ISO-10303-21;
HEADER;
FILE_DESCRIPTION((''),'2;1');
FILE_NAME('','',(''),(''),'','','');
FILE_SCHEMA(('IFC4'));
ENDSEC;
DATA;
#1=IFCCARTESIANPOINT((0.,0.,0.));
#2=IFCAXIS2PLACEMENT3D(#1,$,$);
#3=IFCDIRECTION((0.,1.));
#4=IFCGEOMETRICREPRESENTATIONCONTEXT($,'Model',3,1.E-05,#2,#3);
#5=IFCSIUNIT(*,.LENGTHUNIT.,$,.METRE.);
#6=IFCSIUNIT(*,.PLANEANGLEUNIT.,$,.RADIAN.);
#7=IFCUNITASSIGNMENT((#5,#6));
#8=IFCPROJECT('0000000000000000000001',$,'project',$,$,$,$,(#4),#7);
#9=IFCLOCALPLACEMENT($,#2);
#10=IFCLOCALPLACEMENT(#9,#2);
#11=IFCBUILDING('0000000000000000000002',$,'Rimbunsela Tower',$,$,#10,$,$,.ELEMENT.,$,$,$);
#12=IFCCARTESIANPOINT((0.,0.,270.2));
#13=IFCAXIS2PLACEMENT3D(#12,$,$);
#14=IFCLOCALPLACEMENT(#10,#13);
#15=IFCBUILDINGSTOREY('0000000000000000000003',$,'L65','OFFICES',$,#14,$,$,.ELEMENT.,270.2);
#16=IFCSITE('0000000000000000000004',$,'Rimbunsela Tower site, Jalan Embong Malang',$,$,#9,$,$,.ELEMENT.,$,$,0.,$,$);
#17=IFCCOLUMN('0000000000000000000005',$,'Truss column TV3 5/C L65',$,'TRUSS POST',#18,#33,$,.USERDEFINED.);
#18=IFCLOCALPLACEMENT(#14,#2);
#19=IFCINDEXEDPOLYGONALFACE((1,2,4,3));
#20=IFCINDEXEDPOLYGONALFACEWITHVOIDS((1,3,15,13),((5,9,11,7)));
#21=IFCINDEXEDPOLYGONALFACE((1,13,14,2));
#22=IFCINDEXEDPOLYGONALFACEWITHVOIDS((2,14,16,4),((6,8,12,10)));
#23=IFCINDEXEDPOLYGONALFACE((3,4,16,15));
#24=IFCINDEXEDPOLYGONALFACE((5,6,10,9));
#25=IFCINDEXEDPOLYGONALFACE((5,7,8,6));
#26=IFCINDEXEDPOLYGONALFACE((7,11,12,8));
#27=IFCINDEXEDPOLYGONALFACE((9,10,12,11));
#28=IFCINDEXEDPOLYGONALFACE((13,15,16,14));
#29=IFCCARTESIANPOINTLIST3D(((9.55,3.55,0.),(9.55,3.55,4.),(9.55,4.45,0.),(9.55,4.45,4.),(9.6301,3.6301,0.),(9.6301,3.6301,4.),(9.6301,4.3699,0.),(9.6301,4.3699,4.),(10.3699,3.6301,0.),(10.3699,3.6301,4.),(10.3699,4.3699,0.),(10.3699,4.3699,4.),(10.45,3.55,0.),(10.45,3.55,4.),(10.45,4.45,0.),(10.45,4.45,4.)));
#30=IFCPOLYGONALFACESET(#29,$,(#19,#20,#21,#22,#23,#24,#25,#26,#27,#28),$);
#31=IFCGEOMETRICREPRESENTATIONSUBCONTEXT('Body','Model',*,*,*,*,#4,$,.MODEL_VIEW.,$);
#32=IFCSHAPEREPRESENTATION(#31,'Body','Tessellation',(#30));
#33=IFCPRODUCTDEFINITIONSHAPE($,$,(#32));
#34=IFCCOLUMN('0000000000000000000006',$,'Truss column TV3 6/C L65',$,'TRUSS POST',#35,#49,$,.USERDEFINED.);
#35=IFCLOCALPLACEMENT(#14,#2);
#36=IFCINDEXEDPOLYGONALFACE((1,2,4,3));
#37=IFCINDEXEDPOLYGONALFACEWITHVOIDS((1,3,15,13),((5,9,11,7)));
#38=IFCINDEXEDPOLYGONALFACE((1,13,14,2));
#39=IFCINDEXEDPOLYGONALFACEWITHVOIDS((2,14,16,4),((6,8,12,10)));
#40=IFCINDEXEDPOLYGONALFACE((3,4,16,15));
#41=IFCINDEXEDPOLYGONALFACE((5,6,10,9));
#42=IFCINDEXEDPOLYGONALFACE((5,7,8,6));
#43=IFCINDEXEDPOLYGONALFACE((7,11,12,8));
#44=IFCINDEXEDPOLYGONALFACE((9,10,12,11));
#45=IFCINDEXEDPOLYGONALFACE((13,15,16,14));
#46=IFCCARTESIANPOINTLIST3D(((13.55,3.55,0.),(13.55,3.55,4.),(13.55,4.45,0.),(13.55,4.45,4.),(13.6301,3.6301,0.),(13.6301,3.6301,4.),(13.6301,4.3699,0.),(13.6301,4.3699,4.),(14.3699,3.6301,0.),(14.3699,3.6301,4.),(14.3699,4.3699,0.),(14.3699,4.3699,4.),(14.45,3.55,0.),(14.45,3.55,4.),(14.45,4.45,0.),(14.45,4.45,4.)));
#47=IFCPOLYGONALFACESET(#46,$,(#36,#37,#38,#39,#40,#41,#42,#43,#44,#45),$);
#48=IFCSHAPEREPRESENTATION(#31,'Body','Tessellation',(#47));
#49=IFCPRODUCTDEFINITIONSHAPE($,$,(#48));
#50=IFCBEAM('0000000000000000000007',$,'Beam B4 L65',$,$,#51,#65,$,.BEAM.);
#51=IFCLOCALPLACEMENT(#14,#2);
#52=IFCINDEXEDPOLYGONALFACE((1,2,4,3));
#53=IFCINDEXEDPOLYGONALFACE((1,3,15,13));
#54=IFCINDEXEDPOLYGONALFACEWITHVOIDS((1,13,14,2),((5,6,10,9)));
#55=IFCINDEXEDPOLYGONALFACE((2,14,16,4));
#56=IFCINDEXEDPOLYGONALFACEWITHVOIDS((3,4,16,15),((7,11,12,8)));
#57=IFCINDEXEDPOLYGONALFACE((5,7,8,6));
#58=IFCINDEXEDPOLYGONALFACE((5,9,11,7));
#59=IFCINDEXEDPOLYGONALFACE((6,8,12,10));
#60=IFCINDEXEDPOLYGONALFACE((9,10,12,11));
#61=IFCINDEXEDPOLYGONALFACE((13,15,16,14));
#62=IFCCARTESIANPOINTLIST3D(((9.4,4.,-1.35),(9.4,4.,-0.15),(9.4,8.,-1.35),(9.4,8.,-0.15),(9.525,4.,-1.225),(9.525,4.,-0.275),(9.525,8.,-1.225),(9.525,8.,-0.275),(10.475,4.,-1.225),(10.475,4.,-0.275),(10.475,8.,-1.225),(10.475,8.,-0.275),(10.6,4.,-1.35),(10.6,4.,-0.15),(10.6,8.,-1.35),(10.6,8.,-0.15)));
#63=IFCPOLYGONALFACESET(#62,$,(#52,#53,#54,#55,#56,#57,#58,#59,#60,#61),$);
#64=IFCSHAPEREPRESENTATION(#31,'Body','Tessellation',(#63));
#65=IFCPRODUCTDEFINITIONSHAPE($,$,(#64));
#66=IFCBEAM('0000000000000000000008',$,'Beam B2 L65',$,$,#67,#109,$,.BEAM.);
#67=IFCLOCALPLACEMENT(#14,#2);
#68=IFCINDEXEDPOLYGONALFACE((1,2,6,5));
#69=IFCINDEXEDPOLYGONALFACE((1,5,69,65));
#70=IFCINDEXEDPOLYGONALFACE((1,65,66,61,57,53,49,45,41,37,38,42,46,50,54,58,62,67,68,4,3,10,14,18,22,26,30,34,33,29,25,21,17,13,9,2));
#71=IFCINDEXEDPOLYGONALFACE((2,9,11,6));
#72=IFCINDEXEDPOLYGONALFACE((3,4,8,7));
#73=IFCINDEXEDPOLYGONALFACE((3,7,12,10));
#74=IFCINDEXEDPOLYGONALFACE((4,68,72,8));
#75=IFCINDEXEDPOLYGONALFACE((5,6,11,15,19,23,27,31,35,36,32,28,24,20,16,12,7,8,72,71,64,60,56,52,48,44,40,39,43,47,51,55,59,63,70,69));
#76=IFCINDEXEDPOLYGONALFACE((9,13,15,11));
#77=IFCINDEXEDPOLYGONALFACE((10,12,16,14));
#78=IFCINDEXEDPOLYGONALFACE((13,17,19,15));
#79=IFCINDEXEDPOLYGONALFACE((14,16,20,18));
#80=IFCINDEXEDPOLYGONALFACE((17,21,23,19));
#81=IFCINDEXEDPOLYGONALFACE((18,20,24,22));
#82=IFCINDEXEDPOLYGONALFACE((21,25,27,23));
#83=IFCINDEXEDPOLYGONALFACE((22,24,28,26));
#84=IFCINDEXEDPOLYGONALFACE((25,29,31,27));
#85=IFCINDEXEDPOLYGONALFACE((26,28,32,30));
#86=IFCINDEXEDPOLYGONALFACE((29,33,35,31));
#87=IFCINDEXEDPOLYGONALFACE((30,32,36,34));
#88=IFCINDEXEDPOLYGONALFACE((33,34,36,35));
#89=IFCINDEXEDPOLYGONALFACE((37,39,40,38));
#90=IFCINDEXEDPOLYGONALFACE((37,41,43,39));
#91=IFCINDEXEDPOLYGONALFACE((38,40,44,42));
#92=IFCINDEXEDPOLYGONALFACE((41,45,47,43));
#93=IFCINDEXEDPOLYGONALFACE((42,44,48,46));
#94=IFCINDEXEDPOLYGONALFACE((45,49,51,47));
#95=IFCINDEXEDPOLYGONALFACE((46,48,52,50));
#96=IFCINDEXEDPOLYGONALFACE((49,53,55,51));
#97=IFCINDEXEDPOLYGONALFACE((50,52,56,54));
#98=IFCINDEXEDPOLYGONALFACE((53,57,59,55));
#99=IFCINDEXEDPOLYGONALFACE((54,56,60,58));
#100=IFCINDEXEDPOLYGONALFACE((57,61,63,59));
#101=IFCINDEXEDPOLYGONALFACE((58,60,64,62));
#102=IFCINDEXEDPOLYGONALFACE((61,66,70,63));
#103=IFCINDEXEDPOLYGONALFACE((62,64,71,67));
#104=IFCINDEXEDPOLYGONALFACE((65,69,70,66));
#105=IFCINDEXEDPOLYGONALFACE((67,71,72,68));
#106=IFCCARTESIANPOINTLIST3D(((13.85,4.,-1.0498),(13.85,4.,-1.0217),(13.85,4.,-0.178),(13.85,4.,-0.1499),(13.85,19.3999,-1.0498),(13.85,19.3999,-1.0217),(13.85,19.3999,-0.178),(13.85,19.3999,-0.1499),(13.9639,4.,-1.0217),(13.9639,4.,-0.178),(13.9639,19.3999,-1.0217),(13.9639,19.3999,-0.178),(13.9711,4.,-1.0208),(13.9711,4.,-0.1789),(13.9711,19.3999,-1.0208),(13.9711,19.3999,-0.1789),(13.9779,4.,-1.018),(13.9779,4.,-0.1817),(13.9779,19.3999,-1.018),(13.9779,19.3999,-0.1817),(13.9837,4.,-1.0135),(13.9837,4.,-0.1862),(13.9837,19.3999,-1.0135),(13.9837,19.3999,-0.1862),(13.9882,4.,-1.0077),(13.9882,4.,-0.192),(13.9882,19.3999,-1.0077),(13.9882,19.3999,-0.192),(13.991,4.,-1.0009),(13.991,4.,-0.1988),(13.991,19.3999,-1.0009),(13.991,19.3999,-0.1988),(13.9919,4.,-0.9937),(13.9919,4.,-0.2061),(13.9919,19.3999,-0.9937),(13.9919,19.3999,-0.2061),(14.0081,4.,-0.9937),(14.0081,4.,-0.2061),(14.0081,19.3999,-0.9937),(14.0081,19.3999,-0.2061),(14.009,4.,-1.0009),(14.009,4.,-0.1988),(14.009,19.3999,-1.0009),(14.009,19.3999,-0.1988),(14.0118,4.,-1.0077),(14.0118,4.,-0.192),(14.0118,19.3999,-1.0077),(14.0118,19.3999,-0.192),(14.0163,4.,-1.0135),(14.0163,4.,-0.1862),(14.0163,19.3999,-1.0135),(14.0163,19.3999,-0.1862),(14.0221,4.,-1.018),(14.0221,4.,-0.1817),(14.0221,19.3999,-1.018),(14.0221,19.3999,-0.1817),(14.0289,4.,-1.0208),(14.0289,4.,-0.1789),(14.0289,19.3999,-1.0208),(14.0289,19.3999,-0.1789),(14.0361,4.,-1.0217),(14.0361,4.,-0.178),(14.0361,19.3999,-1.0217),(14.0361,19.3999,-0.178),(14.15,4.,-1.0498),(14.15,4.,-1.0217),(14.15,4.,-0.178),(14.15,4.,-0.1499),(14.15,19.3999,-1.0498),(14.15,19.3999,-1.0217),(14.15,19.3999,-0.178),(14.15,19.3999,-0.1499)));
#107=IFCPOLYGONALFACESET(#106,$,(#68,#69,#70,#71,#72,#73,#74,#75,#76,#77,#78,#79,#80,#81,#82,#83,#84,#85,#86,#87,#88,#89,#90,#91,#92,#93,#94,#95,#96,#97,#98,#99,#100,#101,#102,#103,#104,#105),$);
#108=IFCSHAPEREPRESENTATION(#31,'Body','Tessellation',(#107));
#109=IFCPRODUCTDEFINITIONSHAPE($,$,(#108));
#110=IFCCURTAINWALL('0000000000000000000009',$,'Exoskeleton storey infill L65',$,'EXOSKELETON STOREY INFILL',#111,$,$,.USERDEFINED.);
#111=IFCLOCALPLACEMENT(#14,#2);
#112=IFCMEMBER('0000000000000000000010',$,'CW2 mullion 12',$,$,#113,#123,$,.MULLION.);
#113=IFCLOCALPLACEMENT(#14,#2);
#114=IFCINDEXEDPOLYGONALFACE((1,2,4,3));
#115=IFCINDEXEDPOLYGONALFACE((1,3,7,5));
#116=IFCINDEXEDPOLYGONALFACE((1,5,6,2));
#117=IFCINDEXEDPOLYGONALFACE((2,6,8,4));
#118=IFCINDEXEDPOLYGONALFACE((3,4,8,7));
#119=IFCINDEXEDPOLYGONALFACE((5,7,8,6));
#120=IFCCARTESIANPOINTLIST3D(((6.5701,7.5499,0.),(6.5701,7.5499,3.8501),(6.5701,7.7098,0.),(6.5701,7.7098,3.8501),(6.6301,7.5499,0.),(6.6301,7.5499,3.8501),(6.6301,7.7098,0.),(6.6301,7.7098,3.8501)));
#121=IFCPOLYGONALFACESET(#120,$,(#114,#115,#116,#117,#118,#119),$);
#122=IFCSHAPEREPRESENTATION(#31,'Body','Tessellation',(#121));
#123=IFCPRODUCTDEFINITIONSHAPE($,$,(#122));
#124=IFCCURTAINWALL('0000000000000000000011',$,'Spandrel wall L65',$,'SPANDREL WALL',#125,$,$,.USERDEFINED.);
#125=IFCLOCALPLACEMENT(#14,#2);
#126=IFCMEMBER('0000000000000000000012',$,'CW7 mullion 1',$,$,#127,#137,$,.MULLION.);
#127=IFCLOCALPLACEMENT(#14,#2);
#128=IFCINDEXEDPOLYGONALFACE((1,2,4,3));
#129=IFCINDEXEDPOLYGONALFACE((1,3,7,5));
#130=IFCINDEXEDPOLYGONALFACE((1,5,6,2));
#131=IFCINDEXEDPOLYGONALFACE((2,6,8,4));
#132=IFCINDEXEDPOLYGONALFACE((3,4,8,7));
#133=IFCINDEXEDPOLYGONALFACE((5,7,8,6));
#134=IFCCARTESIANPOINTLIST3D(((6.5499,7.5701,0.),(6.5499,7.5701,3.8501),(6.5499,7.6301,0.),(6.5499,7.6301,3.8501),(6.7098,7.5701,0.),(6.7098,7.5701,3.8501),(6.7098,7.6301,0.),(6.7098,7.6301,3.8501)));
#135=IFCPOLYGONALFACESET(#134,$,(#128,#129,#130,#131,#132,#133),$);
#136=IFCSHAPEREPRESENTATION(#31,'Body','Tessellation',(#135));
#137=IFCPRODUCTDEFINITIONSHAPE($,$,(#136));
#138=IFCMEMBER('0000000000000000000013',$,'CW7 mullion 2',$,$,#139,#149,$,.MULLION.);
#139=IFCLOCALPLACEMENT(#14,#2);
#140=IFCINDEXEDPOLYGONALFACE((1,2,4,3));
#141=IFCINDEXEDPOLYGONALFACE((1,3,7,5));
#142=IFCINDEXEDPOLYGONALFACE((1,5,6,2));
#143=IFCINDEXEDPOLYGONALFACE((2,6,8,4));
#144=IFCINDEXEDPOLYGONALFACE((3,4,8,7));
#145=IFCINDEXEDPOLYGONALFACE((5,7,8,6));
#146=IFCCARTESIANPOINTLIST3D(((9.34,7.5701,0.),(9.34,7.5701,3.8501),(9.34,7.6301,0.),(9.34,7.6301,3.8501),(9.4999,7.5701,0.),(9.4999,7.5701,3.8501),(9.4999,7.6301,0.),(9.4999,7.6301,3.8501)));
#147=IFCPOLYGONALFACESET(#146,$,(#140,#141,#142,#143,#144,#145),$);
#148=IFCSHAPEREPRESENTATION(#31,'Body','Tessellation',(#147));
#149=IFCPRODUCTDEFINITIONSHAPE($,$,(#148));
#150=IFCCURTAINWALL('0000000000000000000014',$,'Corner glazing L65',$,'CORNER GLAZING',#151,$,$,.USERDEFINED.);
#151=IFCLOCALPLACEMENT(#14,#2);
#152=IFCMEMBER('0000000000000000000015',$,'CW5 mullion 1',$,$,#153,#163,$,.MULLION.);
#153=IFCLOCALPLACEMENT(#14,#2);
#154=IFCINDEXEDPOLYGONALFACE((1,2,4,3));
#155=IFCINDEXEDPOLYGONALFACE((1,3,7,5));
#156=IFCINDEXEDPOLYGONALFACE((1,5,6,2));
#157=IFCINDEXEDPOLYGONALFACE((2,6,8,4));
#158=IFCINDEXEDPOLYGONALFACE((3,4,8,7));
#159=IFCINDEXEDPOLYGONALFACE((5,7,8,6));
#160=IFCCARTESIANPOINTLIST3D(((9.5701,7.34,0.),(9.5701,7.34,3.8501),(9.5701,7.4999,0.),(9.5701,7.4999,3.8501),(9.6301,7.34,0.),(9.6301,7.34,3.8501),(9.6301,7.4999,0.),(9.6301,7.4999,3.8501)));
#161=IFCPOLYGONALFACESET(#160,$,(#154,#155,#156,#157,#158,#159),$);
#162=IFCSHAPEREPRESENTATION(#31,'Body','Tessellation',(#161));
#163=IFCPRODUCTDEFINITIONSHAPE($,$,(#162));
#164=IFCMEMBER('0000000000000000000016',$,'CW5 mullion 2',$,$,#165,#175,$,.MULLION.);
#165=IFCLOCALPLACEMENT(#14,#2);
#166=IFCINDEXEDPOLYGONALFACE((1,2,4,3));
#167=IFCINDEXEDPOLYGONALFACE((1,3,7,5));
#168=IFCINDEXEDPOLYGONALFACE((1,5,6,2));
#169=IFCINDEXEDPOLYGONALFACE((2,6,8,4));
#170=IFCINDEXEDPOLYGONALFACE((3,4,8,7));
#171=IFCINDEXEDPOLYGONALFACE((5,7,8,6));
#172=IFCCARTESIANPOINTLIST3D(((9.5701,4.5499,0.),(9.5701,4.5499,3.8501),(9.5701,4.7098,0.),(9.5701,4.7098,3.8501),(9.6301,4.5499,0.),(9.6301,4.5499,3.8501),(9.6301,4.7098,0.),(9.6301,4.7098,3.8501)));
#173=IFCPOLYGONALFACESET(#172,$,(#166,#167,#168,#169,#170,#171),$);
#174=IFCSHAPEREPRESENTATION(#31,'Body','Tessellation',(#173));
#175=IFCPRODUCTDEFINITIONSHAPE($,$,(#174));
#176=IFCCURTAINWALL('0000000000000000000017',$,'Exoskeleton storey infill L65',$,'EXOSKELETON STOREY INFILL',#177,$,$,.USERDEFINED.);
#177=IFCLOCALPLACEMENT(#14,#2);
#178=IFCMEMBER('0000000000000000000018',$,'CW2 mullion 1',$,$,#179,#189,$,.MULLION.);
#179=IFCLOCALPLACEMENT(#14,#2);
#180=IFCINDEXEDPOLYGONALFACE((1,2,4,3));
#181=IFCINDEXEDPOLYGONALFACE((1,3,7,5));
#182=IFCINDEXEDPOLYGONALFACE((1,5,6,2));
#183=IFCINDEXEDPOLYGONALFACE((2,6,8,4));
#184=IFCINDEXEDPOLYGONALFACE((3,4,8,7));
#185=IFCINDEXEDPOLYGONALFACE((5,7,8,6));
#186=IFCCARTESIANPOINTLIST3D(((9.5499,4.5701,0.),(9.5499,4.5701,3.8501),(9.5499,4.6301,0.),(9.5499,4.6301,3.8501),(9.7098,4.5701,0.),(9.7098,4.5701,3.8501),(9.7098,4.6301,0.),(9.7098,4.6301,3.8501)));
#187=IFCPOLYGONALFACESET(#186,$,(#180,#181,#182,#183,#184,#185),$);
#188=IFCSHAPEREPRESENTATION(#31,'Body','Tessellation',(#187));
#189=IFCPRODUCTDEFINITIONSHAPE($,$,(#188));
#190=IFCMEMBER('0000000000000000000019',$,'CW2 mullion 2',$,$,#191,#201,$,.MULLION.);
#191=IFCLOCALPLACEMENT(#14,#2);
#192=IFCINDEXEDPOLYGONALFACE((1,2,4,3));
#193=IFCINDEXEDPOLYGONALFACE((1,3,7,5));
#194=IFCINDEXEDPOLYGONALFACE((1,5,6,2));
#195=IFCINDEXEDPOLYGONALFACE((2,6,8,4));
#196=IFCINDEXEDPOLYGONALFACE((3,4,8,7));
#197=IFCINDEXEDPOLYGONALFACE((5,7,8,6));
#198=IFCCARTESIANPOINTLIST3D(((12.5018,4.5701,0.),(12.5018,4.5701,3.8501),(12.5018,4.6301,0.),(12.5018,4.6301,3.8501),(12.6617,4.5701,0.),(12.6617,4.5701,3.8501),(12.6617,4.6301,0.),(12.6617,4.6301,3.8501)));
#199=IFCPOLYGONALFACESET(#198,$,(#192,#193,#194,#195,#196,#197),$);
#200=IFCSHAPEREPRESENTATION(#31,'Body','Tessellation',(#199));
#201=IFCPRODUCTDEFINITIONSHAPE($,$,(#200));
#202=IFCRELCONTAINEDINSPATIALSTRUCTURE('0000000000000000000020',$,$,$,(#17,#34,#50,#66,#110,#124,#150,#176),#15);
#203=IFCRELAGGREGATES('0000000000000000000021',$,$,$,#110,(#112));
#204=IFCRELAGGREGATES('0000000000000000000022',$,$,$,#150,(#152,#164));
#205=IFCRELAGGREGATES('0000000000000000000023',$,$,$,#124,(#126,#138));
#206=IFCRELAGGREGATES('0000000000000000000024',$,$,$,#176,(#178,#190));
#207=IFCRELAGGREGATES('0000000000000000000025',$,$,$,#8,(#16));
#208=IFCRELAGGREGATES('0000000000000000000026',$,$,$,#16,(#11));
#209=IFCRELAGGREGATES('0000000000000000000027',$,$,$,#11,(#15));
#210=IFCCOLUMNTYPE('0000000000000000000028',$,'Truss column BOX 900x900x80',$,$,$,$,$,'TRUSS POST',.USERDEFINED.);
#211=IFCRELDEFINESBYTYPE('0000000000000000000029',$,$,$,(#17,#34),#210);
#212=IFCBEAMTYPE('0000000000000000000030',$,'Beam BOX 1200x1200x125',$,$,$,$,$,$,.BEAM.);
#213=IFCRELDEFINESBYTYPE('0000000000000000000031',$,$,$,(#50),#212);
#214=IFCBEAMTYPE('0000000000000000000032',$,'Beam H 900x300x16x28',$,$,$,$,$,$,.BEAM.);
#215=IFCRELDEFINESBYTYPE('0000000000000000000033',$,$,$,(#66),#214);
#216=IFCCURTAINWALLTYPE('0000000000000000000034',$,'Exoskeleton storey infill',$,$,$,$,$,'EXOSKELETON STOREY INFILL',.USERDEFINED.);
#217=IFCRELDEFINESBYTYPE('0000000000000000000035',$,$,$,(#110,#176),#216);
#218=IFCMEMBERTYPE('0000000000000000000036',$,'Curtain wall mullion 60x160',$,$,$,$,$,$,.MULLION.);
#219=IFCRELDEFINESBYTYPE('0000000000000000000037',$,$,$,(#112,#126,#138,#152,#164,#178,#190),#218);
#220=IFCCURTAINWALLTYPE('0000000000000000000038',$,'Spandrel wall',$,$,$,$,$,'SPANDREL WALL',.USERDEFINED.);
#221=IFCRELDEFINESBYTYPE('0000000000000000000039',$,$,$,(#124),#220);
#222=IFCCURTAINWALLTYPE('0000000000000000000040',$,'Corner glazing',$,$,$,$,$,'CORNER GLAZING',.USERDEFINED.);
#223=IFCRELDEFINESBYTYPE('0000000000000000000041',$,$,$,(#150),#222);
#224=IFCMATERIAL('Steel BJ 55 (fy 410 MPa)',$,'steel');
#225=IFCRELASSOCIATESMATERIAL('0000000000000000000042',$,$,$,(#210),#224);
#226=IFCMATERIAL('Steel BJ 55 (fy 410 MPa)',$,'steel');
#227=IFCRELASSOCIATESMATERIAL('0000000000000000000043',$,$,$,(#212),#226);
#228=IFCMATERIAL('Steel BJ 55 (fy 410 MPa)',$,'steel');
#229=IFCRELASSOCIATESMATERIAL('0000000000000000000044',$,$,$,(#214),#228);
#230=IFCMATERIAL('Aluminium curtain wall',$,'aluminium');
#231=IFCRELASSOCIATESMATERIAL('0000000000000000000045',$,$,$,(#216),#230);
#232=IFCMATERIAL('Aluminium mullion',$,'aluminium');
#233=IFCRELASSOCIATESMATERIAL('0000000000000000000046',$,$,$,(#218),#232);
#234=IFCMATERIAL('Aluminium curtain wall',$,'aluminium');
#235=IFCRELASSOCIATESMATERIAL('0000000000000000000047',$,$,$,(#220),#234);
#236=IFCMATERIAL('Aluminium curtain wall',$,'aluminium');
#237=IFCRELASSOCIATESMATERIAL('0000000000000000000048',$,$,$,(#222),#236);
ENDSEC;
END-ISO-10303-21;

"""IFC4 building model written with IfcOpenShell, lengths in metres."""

from ifc_helpers import new_model, si_unit, direction, frame, origin, origin_2d, place, context, subcontext, project, spatial, rectangle, hollow_rectangle, i_section, extrude, material, material_profile, profile_set, type_object, element, aggregate, save


model = new_model("IFC4")

# Units and contexts
model_context = context("Model", 3, precision=1e-05, world=origin(), true_north=direction((0.0, 1.0)))
body_context = subcontext(model_context, "Body", "Model", "MODEL_VIEW")
ifc_project = project(units=[si_unit("LENGTHUNIT", "METRE"), si_unit("PLANEANGLEUNIT", "RADIAN")], contexts=[model_context])

# Site, building, storey
site_placement = place(None, origin())
site = spatial("IfcSite", under=ifc_project, at=site_placement, Name="Rimbunsela Tower site, Jalan Embong Malang", CompositionType="ELEMENT", RefElevation=0.0)
building_placement = place(site_placement, origin())
building = spatial("IfcBuilding", under=site, at=building_placement, Name="Rimbunsela Tower", CompositionType="ELEMENT")
storey_placement = place(building_placement, frame((0.0, 0.0, 270.2)))
storey = spatial("IfcBuildingStorey", under=building, at=storey_placement, Name="L65", Description="OFFICES", CompositionType="ELEMENT", Elevation=270.2)

# Columns
ifc_material_1 = material(Name="Steel BJ 55 (fy 410 MPa)", Category="steel")
ifc_material_profile_1 = material_profile(ifc_material_1, hollow_rectangle(XDim=0.8999, YDim=0.8999, WallThickness=0.0801, at=origin_2d()), Name="BOX 900x900x80")
ifc_profile_set_1 = profile_set([ifc_material_profile_1], Name="Steel BJ 55 (fy 410 MPa)")
column_type = type_object("IfcColumnType", Name="Truss column BOX 900x900x80", ElementType="TRUSS POST", PredefinedType="USERDEFINED", material=ifc_profile_set_1)
for number, where, z_axis, x_axis, name in (
    (1, (10.0, 4.0, 0.0), (0.0, 0.0, 1.0), (1.0, 0.0, 0.0), "Truss column TV3 5/C L65"),
    (2, (14.0, 4.0, 0.0), (0.0, 0.0, 1.0), (1.0, 0.0, 0.0), "Truss column TV3 6/C L65"),
):
    element("IfcColumn", number, at=place(storey_placement, frame(where, z_axis=z_axis, x_axis=x_axis)), inside=storey, type_object=column_type, Name=name, ObjectType="TRUSS POST", PredefinedType="USERDEFINED", context=body_context, shape_type="SweptSolid", body=[
        extrude(hollow_rectangle(XDim=0.8999, YDim=0.8999, WallThickness=0.0801, at=origin_2d()), origin(), (0.0, 0.0, 1.0), 4.0),
    ])

# Beams
ifc_material_2 = material(Name="Steel BJ 55 (fy 410 MPa)", Category="steel")
ifc_material_profile_2 = material_profile(ifc_material_2, hollow_rectangle(XDim=1.2, YDim=1.2, WallThickness=0.125, at=origin_2d()), Name="BOX 1200x1200x125")
ifc_profile_set_2 = profile_set([ifc_material_profile_2], Name="Steel BJ 55 (fy 410 MPa)")
beam_type_1 = type_object("IfcBeamType", Name="Beam BOX 1200x1200x125", PredefinedType="BEAM", material=ifc_profile_set_2)
beam_1_placement = place(storey_placement, frame((10.0, 4.0, -0.75), z_axis=(0.0, 1.0, 0.0), x_axis=(-1.0, 0.0, 0.0)))
element("IfcBeam", 3, at=beam_1_placement, inside=storey, type_object=beam_type_1, Name="Beam B4 L65", PredefinedType="BEAM", context=body_context, shape_type="SweptSolid", body=[
    extrude(hollow_rectangle(XDim=1.2, YDim=1.2, WallThickness=0.125, at=origin_2d()), origin(), (0.0, 0.0, 1.0), 4.0),
])
ifc_material_3 = material(Name="Steel BJ 55 (fy 410 MPa)", Category="steel")
ifc_material_profile_3 = material_profile(ifc_material_3, i_section(OverallWidth=0.3, OverallDepth=0.8999, WebThickness=0.0161, FlangeThickness=0.0281, FilletRadius=0.0281, at=origin_2d()), Name="H 900x300x16x28")
ifc_profile_set_3 = profile_set([ifc_material_profile_3], Name="Steel BJ 55 (fy 410 MPa)")
beam_type_2 = type_object("IfcBeamType", Name="Beam H 900x300x16x28", PredefinedType="BEAM", material=ifc_profile_set_3)
beam_2_placement = place(storey_placement, frame((14.0, 4.0, -0.5999), z_axis=(0.0, 1.0, 0.0), x_axis=(-1.0, 0.0, 0.0)))
element("IfcBeam", 4, at=beam_2_placement, inside=storey, type_object=beam_type_2, Name="Beam B2 L65", PredefinedType="BEAM", context=body_context, shape_type="SweptSolid", body=[
    extrude(i_section(OverallWidth=0.3, OverallDepth=0.8999, WebThickness=0.0161, FlangeThickness=0.0281, FilletRadius=0.0281, at=origin_2d()), origin(), (0.0, 0.0, 1.0), 15.3999),
])

# Curtain wall, member
ifc_material_4 = material(Name="Aluminium curtain wall", Category="aluminium")
curtain_wall_type_1 = type_object("IfcCurtainWallType", Name="Exoskeleton storey infill", ElementType="EXOSKELETON STOREY INFILL", PredefinedType="USERDEFINED", material=ifc_material_4)
curtain_wall_1_placement = place(storey_placement, origin())
curtain_wall_1 = element("IfcCurtainWall", 5, at=curtain_wall_1_placement, inside=storey, type_object=curtain_wall_type_1, Name="Exoskeleton storey infill L65", ObjectType="EXOSKELETON STOREY INFILL", PredefinedType="USERDEFINED")
ifc_material_5 = material(Name="Aluminium mullion", Category="aluminium")
ifc_material_profile_4 = material_profile(ifc_material_5, rectangle(XDim=0.0601, YDim=0.1599, at=origin_2d()), Name="Mullion 60x160")
ifc_profile_set_4 = profile_set([ifc_material_profile_4], Name="Aluminium mullion")
member_type_1 = type_object("IfcMemberType", Name="Curtain wall mullion 60x160", PredefinedType="MULLION", material=ifc_profile_set_4)
member_1_placement = place(storey_placement, frame((6.6001, 7.6299, 0.0), z_axis=(0.0, 0.0, 1.0), x_axis=(1.0, 0.0, 0.0)))
member_1 = element("IfcMember", 6, at=member_1_placement, type_object=member_type_1, Name="CW2 mullion 12", PredefinedType="MULLION", context=body_context, shape_type="SweptSolid", body=[
    extrude(rectangle(XDim=0.0601, YDim=0.1599, at=origin_2d()), origin(), (0.0, 0.0, 1.0), 3.8501),
])
aggregate(curtain_wall_1, [member_1])

# Curtain walls, members
ifc_material_6 = material(Name="Aluminium curtain wall", Category="aluminium")
curtain_wall_type_2 = type_object("IfcCurtainWallType", Name="Spandrel wall", ElementType="SPANDREL WALL", PredefinedType="USERDEFINED", material=ifc_material_6)
curtain_wall_2_placement = place(storey_placement, origin())
curtain_wall_2 = element("IfcCurtainWall", 7, at=curtain_wall_2_placement, inside=storey, type_object=curtain_wall_type_2, Name="Spandrel wall L65", ObjectType="SPANDREL WALL", PredefinedType="USERDEFINED")
member_2_placement = place(storey_placement, frame((6.6299, 7.6001, 0.0), z_axis=(0.0, 0.0, 1.0), x_axis=(0.0, 1.0, 0.0)))
member_2 = element("IfcMember", 8, at=member_2_placement, type_object=member_type_1, Name="CW7 mullion 1", PredefinedType="MULLION", context=body_context, shape_type="SweptSolid", body=[
    extrude(rectangle(XDim=0.0601, YDim=0.1599, at=origin_2d()), origin(), (0.0, 0.0, 1.0), 3.8501),
])
member_3_placement = place(storey_placement, frame((9.4199, 7.6001, 0.0), z_axis=(0.0, 0.0, 1.0), x_axis=(0.0, 1.0, 0.0)))
member_3 = element("IfcMember", 9, at=member_3_placement, type_object=member_type_1, Name="CW7 mullion 2", PredefinedType="MULLION", context=body_context, shape_type="SweptSolid", body=[
    extrude(rectangle(XDim=0.0601, YDim=0.1599, at=origin_2d()), origin(), (0.0, 0.0, 1.0), 3.8501),
])
ifc_material_7 = material(Name="Aluminium curtain wall", Category="aluminium")
curtain_wall_type_3 = type_object("IfcCurtainWallType", Name="Corner glazing", ElementType="CORNER GLAZING", PredefinedType="USERDEFINED", material=ifc_material_7)
curtain_wall_3_placement = place(storey_placement, origin())
curtain_wall_3 = element("IfcCurtainWall", 10, at=curtain_wall_3_placement, inside=storey, type_object=curtain_wall_type_3, Name="Corner glazing L65", ObjectType="CORNER GLAZING", PredefinedType="USERDEFINED")
member_4_placement = place(storey_placement, frame((9.6001, 7.4199, 0.0), z_axis=(0.0, 0.0, 1.0), x_axis=(1.0, 0.0, 0.0)))
member_4 = element("IfcMember", 11, at=member_4_placement, type_object=member_type_1, Name="CW5 mullion 1", PredefinedType="MULLION", context=body_context, shape_type="SweptSolid", body=[
    extrude(rectangle(XDim=0.0601, YDim=0.1599, at=origin_2d()), origin(), (0.0, 0.0, 1.0), 3.8501),
])
member_5_placement = place(storey_placement, frame((9.6001, 4.6299, 0.0), z_axis=(0.0, 0.0, 1.0), x_axis=(1.0, 0.0, 0.0)))
member_5 = element("IfcMember", 12, at=member_5_placement, type_object=member_type_1, Name="CW5 mullion 2", PredefinedType="MULLION", context=body_context, shape_type="SweptSolid", body=[
    extrude(rectangle(XDim=0.0601, YDim=0.1599, at=origin_2d()), origin(), (0.0, 0.0, 1.0), 3.8501),
])
curtain_wall_4_placement = place(storey_placement, origin())
curtain_wall_4 = element("IfcCurtainWall", 13, at=curtain_wall_4_placement, inside=storey, type_object=curtain_wall_type_1, Name="Exoskeleton storey infill L65", ObjectType="EXOSKELETON STOREY INFILL", PredefinedType="USERDEFINED")
member_6_placement = place(storey_placement, frame((9.6299, 4.6001, 0.0), z_axis=(0.0, 0.0, 1.0), x_axis=(0.0, 1.0, 0.0)))
member_6 = element("IfcMember", 14, at=member_6_placement, type_object=member_type_1, Name="CW2 mullion 1", PredefinedType="MULLION", context=body_context, shape_type="SweptSolid", body=[
    extrude(rectangle(XDim=0.0601, YDim=0.1599, at=origin_2d()), origin(), (0.0, 0.0, 1.0), 3.8501),
])
member_7_placement = place(storey_placement, frame((12.5818, 4.6001, 0.0), z_axis=(0.0, 0.0, 1.0), x_axis=(0.0, 1.0, 0.0)))
member_7 = element("IfcMember", 15, at=member_7_placement, type_object=member_type_1, Name="CW2 mullion 2", PredefinedType="MULLION", context=body_context, shape_type="SweptSolid", body=[
    extrude(rectangle(XDim=0.0601, YDim=0.1599, at=origin_2d()), origin(), (0.0, 0.0, 1.0), 3.8501),
])

aggregate(curtain_wall_3, [member_4, member_5])
aggregate(curtain_wall_2, [member_2, member_3])
aggregate(curtain_wall_4, [member_6, member_7])

save(model, "model.ifc")
